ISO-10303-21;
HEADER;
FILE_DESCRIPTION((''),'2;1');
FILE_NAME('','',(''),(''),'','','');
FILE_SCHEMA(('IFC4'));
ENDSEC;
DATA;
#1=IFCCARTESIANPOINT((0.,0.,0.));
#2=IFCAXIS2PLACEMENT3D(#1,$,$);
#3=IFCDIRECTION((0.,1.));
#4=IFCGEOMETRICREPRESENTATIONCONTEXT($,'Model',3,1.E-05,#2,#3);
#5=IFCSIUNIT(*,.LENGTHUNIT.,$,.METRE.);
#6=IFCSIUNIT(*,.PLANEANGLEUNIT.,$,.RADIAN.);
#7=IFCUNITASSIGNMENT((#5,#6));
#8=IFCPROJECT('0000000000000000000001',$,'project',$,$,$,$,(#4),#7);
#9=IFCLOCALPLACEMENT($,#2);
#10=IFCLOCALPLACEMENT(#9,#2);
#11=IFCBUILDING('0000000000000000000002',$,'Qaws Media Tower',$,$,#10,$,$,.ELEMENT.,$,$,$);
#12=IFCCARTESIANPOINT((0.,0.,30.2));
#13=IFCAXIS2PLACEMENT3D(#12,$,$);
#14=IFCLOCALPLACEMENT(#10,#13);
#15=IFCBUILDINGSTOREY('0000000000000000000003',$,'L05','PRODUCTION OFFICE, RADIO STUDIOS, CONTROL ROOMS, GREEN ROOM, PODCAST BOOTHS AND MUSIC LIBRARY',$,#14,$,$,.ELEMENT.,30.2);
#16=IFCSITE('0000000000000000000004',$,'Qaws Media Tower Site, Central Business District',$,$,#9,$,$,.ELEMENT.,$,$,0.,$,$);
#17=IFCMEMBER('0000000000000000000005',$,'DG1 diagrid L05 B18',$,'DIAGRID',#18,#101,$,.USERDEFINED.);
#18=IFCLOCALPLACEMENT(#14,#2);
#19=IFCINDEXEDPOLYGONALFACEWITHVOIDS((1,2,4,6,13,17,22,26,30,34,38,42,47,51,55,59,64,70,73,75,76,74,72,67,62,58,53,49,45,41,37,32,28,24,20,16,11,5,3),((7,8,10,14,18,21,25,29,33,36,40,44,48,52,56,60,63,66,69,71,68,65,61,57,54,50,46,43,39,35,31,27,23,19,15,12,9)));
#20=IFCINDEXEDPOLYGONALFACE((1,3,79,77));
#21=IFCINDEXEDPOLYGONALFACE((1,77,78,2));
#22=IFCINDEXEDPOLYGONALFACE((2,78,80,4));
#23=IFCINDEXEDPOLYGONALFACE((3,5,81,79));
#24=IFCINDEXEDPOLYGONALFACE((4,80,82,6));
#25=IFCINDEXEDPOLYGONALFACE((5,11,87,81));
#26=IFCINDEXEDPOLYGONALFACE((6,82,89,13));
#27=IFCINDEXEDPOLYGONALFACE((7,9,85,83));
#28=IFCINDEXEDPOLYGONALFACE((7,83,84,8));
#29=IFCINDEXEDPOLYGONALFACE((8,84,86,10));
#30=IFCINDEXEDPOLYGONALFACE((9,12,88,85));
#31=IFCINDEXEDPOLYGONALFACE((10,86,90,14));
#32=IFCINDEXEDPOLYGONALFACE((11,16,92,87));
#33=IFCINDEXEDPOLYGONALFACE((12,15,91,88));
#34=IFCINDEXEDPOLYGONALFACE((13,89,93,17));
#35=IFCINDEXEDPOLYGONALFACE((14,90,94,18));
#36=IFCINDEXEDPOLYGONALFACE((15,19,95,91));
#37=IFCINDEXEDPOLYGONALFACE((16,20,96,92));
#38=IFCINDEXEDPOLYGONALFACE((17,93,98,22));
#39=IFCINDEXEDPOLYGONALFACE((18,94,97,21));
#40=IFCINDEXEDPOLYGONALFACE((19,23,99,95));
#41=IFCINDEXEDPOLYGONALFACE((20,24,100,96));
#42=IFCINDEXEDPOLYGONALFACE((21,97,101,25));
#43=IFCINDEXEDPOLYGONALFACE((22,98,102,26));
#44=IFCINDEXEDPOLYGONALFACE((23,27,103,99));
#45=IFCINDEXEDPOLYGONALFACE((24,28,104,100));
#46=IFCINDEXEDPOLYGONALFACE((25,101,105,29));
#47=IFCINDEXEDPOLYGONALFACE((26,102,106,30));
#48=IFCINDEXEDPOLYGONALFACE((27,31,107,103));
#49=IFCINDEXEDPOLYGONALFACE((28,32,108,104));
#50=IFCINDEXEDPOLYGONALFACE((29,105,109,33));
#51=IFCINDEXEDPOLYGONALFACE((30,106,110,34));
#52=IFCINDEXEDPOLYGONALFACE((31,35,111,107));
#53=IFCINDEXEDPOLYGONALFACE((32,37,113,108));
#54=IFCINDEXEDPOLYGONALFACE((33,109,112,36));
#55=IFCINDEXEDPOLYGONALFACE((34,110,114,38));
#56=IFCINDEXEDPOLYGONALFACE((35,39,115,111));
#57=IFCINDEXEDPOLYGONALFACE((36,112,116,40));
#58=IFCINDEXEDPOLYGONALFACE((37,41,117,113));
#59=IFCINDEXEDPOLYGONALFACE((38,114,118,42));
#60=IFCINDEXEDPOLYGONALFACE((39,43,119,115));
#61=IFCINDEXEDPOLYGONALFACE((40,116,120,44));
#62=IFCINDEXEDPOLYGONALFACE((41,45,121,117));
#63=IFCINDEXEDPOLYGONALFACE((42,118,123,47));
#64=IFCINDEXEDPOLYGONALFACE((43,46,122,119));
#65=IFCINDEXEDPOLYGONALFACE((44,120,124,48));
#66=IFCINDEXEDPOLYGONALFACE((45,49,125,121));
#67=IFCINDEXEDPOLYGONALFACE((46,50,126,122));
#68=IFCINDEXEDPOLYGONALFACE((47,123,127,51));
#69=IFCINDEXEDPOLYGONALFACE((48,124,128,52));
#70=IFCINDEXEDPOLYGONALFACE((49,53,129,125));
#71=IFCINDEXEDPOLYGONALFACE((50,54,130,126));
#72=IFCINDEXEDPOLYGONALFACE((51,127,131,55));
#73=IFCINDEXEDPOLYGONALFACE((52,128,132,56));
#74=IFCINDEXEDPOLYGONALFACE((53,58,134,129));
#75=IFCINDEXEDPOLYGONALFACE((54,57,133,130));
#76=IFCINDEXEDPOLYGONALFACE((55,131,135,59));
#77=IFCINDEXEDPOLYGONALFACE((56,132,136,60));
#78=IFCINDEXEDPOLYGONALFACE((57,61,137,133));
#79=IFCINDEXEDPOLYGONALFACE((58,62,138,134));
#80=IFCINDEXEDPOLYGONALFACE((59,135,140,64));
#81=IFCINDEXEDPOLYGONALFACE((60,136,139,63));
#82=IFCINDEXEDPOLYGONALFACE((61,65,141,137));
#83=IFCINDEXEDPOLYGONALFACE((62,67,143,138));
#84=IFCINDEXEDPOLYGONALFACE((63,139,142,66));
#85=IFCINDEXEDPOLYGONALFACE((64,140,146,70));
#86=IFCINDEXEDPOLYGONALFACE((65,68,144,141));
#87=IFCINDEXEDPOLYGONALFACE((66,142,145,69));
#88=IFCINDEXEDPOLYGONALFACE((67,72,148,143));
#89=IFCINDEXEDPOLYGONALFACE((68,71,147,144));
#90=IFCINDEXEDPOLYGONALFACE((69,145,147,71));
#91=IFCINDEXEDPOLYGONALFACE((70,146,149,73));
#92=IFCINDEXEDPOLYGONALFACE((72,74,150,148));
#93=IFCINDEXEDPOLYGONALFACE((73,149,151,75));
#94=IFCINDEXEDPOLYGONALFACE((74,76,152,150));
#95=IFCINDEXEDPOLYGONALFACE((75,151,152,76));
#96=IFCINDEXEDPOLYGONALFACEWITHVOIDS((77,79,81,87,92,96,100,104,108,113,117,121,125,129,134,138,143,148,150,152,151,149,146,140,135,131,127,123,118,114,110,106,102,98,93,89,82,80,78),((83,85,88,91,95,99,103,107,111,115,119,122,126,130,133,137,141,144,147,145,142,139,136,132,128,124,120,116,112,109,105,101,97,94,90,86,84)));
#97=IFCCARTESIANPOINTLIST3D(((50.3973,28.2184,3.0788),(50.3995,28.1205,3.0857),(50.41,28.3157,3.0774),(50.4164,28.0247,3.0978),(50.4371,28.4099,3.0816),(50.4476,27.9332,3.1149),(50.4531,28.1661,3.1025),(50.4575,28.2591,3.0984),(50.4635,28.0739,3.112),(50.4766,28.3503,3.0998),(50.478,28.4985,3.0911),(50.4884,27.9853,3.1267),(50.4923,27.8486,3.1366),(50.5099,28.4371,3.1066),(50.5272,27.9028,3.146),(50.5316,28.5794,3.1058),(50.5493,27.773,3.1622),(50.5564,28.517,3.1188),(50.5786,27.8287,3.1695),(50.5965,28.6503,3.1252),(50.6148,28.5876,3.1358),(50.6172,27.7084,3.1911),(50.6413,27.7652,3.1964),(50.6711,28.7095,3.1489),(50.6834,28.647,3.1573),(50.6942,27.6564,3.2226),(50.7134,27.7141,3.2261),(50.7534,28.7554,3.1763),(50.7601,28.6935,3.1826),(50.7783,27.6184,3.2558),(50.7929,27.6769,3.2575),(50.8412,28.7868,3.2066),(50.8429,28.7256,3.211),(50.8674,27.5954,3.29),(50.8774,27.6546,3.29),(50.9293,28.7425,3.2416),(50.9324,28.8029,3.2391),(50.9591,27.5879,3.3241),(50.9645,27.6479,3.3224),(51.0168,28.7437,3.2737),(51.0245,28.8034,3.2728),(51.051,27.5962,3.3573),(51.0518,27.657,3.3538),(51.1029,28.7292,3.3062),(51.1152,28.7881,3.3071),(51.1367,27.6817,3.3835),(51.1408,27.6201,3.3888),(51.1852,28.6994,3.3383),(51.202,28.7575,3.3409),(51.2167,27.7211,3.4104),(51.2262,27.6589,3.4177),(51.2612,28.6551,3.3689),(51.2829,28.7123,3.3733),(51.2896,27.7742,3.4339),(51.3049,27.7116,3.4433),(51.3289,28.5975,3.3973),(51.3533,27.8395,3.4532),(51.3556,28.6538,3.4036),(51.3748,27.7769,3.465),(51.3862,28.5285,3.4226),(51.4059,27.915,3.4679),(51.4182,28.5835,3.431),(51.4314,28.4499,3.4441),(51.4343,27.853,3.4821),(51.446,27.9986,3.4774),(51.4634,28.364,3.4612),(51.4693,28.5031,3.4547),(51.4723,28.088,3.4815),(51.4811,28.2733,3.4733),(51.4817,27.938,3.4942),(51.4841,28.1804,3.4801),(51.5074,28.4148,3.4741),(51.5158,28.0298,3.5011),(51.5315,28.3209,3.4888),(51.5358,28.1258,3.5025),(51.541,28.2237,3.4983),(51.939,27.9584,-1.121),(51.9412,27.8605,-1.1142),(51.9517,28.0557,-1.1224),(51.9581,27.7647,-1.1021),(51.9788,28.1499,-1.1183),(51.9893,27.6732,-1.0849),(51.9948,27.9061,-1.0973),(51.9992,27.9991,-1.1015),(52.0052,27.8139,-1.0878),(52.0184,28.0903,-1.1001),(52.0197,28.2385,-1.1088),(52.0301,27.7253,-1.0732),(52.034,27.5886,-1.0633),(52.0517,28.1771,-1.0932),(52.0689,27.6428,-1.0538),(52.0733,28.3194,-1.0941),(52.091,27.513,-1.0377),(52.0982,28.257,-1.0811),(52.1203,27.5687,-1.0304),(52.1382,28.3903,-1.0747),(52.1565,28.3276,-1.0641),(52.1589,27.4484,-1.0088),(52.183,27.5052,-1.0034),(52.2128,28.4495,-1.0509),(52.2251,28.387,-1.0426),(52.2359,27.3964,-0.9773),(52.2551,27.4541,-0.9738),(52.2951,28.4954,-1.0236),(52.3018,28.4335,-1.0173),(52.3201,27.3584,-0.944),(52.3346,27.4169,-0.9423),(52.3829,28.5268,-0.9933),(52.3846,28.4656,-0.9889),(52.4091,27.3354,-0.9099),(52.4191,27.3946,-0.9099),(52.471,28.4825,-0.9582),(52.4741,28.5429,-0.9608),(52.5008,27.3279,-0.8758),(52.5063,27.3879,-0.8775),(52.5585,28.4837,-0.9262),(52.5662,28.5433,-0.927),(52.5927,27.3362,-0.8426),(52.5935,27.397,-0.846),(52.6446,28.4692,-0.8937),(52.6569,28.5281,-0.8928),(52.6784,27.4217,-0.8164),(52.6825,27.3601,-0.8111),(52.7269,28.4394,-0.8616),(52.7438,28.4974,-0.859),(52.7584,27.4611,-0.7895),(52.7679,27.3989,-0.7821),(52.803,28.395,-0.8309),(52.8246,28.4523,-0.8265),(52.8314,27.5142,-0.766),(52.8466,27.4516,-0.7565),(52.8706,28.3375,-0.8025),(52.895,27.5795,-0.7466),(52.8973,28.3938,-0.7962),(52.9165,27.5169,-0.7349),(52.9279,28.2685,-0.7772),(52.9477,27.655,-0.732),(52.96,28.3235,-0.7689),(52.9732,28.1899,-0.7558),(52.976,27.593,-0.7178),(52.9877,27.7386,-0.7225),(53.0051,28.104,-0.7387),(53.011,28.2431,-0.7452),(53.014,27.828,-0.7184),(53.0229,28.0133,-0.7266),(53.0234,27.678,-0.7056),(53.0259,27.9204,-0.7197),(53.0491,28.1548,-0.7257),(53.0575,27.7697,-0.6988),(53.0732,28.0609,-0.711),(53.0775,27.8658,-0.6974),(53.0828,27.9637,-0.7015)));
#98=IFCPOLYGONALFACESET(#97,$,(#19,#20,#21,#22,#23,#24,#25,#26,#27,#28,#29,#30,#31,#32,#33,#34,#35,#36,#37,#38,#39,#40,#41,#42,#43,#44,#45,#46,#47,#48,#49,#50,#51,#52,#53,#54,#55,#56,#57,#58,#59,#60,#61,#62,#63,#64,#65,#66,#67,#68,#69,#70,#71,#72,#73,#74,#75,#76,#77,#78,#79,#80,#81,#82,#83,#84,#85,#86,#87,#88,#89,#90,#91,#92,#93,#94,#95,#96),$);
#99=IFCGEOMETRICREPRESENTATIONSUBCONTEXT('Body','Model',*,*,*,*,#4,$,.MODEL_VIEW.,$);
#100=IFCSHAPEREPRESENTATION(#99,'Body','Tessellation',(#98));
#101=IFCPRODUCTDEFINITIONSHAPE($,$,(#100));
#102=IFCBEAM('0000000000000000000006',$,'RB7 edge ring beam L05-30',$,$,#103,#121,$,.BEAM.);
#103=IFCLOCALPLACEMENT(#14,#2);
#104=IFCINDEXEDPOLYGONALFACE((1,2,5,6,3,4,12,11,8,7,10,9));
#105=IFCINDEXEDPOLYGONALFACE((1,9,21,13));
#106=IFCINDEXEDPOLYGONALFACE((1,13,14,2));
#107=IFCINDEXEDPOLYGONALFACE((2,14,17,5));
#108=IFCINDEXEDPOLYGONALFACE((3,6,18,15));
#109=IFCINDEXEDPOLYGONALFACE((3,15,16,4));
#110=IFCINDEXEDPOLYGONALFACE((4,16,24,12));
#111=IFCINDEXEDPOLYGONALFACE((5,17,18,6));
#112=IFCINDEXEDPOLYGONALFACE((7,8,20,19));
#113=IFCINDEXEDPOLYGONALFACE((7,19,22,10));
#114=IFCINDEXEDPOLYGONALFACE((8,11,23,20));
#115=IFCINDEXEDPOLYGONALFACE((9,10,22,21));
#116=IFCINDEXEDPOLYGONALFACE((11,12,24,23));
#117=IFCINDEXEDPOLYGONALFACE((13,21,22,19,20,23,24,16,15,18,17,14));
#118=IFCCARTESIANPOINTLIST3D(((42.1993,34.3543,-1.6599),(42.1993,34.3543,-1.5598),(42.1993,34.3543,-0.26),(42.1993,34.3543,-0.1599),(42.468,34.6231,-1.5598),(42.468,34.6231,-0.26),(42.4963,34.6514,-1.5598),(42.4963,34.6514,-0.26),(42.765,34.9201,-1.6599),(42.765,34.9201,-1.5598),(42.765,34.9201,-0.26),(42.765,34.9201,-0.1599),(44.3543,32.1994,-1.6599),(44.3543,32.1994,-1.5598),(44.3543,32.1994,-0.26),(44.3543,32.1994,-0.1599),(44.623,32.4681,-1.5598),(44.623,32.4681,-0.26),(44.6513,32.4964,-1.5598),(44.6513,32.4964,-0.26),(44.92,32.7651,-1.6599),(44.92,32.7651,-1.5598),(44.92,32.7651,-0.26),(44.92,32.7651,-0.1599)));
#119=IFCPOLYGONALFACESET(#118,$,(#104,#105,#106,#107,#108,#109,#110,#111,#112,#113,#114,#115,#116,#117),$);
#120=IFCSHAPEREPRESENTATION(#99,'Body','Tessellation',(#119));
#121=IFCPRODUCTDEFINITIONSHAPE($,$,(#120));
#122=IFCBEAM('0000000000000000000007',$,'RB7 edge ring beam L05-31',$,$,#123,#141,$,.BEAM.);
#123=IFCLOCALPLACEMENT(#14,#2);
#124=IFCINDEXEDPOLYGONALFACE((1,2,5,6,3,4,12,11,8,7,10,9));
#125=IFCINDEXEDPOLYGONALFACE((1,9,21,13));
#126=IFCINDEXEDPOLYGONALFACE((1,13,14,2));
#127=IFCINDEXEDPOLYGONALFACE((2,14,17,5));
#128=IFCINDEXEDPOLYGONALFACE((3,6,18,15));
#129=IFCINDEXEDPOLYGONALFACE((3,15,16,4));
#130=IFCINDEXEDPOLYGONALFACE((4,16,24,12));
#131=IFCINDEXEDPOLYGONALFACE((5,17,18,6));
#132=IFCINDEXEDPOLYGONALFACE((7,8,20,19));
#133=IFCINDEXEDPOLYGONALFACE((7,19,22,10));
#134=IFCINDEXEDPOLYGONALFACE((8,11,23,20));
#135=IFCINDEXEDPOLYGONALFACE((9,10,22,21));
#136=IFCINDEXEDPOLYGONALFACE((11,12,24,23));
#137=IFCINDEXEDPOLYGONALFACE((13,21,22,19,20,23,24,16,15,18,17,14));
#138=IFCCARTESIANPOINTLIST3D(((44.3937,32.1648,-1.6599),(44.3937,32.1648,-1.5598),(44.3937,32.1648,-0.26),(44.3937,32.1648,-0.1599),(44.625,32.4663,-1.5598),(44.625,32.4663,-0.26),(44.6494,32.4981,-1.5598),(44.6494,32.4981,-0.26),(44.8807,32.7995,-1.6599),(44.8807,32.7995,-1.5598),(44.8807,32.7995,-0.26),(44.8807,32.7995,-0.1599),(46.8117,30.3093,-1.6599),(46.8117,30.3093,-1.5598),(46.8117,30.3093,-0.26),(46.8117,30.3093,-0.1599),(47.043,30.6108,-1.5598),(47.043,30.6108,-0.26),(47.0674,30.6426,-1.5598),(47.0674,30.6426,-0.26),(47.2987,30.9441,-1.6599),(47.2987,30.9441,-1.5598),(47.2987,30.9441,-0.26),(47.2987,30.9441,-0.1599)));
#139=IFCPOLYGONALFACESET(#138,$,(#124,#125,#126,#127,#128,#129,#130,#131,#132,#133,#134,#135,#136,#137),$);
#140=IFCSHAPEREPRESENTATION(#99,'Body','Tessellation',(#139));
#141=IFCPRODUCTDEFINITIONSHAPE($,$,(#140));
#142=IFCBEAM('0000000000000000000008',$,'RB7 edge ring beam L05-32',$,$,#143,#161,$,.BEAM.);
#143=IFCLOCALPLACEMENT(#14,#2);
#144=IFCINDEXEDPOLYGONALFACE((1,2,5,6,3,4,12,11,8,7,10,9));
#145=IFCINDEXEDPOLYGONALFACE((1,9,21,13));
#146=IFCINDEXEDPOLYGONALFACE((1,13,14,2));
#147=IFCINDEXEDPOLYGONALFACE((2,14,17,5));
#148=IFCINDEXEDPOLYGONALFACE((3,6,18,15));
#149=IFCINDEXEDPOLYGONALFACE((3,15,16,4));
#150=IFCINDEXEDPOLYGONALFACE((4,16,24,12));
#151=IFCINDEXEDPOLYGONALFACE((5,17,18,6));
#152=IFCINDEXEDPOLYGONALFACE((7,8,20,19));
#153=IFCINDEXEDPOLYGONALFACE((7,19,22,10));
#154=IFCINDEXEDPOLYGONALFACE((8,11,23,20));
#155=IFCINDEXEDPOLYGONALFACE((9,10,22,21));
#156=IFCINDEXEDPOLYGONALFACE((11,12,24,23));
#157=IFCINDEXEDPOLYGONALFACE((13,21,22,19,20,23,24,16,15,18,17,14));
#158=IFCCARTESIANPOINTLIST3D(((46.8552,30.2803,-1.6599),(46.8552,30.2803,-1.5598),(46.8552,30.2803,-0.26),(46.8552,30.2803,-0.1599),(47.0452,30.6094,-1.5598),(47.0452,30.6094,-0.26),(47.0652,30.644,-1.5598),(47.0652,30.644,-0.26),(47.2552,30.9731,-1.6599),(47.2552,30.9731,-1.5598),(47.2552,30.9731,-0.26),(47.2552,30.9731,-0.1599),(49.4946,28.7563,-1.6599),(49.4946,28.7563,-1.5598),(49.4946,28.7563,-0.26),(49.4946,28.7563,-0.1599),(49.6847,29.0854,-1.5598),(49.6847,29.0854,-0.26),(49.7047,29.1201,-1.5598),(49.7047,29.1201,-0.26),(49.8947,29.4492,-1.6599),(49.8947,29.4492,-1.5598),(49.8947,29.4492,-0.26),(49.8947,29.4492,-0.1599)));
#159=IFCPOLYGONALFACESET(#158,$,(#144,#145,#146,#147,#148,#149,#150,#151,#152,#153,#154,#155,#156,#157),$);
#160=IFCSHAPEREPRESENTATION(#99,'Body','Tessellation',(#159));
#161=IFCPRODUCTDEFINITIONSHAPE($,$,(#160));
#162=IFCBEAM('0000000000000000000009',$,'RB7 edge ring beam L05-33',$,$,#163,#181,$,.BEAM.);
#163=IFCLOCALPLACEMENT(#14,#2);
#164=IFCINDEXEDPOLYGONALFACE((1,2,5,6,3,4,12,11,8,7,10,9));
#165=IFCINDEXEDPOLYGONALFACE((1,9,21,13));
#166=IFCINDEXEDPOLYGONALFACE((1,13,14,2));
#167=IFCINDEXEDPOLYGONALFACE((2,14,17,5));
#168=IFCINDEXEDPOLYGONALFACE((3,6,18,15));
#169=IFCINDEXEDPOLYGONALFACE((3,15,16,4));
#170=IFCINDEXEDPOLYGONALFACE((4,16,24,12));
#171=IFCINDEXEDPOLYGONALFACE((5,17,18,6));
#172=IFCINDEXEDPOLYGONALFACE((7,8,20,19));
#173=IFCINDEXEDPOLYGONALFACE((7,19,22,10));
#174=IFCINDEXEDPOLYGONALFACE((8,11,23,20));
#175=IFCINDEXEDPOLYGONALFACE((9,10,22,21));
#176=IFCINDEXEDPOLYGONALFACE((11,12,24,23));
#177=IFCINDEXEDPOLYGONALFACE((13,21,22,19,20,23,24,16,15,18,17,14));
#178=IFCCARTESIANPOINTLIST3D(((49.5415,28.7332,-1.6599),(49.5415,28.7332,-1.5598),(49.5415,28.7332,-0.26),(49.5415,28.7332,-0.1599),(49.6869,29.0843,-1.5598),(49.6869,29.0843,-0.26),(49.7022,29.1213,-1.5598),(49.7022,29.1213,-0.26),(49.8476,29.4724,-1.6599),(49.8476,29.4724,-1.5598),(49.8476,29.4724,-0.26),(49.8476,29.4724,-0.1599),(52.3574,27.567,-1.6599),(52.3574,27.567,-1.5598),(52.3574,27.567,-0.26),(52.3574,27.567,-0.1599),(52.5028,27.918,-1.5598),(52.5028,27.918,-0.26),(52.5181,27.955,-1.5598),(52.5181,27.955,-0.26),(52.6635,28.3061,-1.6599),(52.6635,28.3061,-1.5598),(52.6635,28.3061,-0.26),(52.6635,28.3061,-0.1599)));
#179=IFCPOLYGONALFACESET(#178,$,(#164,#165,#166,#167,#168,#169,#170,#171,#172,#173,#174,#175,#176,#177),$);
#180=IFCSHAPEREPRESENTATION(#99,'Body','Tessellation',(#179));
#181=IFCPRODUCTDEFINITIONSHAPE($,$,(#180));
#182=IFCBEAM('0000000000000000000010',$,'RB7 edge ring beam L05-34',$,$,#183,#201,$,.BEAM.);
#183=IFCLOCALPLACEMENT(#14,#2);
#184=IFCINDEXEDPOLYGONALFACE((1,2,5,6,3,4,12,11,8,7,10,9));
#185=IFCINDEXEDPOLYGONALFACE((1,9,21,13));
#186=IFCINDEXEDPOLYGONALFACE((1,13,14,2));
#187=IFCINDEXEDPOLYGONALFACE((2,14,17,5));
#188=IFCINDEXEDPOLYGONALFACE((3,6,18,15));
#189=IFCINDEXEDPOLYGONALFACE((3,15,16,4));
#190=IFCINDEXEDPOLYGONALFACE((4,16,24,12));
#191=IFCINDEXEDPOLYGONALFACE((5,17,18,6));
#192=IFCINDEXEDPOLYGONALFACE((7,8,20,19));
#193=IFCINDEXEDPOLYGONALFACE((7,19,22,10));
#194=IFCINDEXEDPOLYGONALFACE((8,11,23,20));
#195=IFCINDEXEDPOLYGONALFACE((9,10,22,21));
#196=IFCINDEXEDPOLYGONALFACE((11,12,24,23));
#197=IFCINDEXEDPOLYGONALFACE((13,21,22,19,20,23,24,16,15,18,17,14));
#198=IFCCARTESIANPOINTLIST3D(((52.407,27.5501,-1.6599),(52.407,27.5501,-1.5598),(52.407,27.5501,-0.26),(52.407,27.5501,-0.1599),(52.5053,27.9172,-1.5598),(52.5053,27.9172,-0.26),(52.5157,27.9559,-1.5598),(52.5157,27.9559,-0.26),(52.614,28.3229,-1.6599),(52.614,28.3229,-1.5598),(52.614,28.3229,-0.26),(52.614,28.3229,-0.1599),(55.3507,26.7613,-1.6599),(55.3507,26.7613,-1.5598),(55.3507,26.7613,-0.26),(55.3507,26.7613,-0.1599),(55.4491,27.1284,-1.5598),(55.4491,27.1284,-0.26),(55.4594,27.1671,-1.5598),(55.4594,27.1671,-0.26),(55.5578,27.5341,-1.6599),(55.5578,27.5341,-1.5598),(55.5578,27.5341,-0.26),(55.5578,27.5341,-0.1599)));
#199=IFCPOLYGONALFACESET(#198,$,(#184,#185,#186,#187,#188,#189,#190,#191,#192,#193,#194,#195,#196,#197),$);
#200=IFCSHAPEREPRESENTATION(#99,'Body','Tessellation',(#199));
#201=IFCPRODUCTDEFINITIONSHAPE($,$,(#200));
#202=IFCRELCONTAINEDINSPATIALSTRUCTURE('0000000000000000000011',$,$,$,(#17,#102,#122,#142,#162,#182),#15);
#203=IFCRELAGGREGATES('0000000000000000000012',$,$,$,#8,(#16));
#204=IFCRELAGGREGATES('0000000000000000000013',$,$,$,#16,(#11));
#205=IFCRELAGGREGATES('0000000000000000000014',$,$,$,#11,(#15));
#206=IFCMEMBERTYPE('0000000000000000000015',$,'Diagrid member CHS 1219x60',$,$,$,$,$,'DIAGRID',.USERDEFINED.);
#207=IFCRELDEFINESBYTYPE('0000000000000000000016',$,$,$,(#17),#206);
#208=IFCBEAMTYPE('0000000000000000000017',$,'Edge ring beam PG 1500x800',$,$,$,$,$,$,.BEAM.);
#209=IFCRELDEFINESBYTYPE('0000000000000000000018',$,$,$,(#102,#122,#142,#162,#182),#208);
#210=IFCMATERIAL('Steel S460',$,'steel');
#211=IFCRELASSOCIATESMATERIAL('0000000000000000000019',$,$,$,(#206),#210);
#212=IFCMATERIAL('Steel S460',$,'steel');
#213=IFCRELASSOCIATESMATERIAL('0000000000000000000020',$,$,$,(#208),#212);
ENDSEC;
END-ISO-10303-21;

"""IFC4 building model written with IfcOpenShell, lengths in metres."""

from ifc_helpers import new_model, si_unit, direction, frame, origin, origin_2d, place, context, subcontext, project, spatial, hollow_circle, i_section, extrude, material, material_profile, profile_set, type_object, element, save


model = new_model("IFC4")

# Units and contexts
model_context = context("Model", 3, precision=1e-05, world=origin(), true_north=direction((0.0, 1.0)))
body_context = subcontext(model_context, "Body", "Model", "MODEL_VIEW")
ifc_project = project(units=[si_unit("LENGTHUNIT", "METRE"), si_unit("PLANEANGLEUNIT", "RADIAN")], contexts=[model_context])

# Site, building, storey
site_placement = place(None, origin())
site = spatial("IfcSite", under=ifc_project, at=site_placement, Name="Qaws Media Tower Site, Central Business District", CompositionType="ELEMENT", RefElevation=0.0)
building_placement = place(site_placement, origin())
building = spatial("IfcBuilding", under=site, at=building_placement, Name="Qaws Media Tower", CompositionType="ELEMENT")
storey_placement = place(building_placement, frame((0.0, 0.0, 30.2)))
storey = spatial("IfcBuildingStorey", under=building, at=storey_placement, Name="L05", Description="PRODUCTION OFFICE, RADIO STUDIOS, CONTROL ROOMS, GREEN ROOM, PODCAST BOOTHS AND MUSIC LIBRARY", CompositionType="ELEMENT", Elevation=30.2)

# Member
ifc_material_1 = material(Name="Steel S460", Category="steel")
ifc_material_profile_1 = material_profile(ifc_material_1, hollow_circle(Radius=0.6096, WallThickness=0.0601, at=origin_2d()), Name="CHS 1219x60")
ifc_profile_set_1 = profile_set([ifc_material_profile_1], Name="Steel S460")
member_type_1 = type_object("IfcMemberType", Name="Diagrid member CHS 1219x60", ElementType="DIAGRID", PredefinedType="USERDEFINED", material=ifc_profile_set_1)
for number, where, z_axis, x_axis, name in (
    (1, (52.5105, 27.9365, -0.9099), (-0.344022, 0.058018, 0.937167), (-0.166298, -0.986076, 0.0), "DG1 diagrid L05 B18"),
):
    element("IfcMember", number, at=place(storey_placement, frame(where, z_axis=z_axis, x_axis=x_axis)), inside=storey, type_object=member_type_1, Name=name, ObjectType="DIAGRID", PredefinedType="USERDEFINED", context=body_context, shape_type="SweptSolid", body=[
        extrude(hollow_circle(Radius=0.6096, WallThickness=0.0601, at=origin_2d()), origin(), (0.0, 0.0, 1.0), 4.4814),
    ])

# Beams
ifc_material_2 = material(Name="Steel S460", Category="steel")
ifc_material_profile_2 = material_profile(ifc_material_2, i_section(OverallWidth=0.8, OverallDepth=1.5, WebThickness=0.04, FlangeThickness=0.1001, at=origin_2d()), Name="PG 1500x800")
ifc_profile_set_2 = profile_set([ifc_material_profile_2], Name="Steel S460")
beam_type = type_object("IfcBeamType", Name="Edge ring beam PG 1500x800", PredefinedType="BEAM", material=ifc_profile_set_2)
beam_1_placement = place(storey_placement, frame((42.4822, 34.6372, -0.9099), z_axis=(0.707107, -0.707107, 0.0), x_axis=(0.707107, 0.707107, 0.0)))
element("IfcBeam", 2, at=beam_1_placement, inside=storey, type_object=beam_type, Name="RB7 edge ring beam L05-30", PredefinedType="BEAM", context=body_context, shape_type="SweptSolid", body=[
    extrude(i_section(OverallWidth=0.8, OverallDepth=1.5, WebThickness=0.04, FlangeThickness=0.1001, at=origin_2d()), origin(), (0.0, 0.0, 1.0), 3.0476),
])
for number, where, z_axis, x_axis, name in (
    (3, (44.6372, 32.4822, -0.9099), (0.793338, -0.608781, 0.0), (0.608781, 0.793338, 0.0), "RB7 edge ring beam L05-31"),
    (4, (47.0552, 30.6267, -0.9099), (0.866016, -0.500016, 0.0), (0.500016, 0.866016, 0.0), "RB7 edge ring beam L05-32"),
    (5, (49.6946, 29.1028, -0.9099), (0.923895, -0.382647, 0.0), (0.382647, 0.923895, 0.0), "RB7 edge ring beam L05-33"),
):
    element("IfcBeam", number, at=place(storey_placement, frame(where, z_axis=z_axis, x_axis=x_axis)), inside=storey, type_object=beam_type, Name=name, PredefinedType="BEAM", context=body_context, shape_type="SweptSolid", body=[
        extrude(i_section(OverallWidth=0.8, OverallDepth=1.5, WebThickness=0.04, FlangeThickness=0.1001, at=origin_2d()), origin(), (0.0, 0.0, 1.0), 3.0479),
    ])
beam_2_placement = place(storey_placement, frame((52.5105, 27.9365, -0.9099), z_axis=(0.965924, -0.258824, 0.0), x_axis=(0.258824, 0.965924, 0.0)))
element("IfcBeam", 6, at=beam_2_placement, inside=storey, type_object=beam_type, Name="RB7 edge ring beam L05-34", PredefinedType="BEAM", context=body_context, shape_type="SweptSolid", body=[
    extrude(i_section(OverallWidth=0.8, OverallDepth=1.5, WebThickness=0.04, FlangeThickness=0.1001, at=origin_2d()), origin(), (0.0, 0.0, 1.0), 3.0476),
])

save(model, "model.ifc")
